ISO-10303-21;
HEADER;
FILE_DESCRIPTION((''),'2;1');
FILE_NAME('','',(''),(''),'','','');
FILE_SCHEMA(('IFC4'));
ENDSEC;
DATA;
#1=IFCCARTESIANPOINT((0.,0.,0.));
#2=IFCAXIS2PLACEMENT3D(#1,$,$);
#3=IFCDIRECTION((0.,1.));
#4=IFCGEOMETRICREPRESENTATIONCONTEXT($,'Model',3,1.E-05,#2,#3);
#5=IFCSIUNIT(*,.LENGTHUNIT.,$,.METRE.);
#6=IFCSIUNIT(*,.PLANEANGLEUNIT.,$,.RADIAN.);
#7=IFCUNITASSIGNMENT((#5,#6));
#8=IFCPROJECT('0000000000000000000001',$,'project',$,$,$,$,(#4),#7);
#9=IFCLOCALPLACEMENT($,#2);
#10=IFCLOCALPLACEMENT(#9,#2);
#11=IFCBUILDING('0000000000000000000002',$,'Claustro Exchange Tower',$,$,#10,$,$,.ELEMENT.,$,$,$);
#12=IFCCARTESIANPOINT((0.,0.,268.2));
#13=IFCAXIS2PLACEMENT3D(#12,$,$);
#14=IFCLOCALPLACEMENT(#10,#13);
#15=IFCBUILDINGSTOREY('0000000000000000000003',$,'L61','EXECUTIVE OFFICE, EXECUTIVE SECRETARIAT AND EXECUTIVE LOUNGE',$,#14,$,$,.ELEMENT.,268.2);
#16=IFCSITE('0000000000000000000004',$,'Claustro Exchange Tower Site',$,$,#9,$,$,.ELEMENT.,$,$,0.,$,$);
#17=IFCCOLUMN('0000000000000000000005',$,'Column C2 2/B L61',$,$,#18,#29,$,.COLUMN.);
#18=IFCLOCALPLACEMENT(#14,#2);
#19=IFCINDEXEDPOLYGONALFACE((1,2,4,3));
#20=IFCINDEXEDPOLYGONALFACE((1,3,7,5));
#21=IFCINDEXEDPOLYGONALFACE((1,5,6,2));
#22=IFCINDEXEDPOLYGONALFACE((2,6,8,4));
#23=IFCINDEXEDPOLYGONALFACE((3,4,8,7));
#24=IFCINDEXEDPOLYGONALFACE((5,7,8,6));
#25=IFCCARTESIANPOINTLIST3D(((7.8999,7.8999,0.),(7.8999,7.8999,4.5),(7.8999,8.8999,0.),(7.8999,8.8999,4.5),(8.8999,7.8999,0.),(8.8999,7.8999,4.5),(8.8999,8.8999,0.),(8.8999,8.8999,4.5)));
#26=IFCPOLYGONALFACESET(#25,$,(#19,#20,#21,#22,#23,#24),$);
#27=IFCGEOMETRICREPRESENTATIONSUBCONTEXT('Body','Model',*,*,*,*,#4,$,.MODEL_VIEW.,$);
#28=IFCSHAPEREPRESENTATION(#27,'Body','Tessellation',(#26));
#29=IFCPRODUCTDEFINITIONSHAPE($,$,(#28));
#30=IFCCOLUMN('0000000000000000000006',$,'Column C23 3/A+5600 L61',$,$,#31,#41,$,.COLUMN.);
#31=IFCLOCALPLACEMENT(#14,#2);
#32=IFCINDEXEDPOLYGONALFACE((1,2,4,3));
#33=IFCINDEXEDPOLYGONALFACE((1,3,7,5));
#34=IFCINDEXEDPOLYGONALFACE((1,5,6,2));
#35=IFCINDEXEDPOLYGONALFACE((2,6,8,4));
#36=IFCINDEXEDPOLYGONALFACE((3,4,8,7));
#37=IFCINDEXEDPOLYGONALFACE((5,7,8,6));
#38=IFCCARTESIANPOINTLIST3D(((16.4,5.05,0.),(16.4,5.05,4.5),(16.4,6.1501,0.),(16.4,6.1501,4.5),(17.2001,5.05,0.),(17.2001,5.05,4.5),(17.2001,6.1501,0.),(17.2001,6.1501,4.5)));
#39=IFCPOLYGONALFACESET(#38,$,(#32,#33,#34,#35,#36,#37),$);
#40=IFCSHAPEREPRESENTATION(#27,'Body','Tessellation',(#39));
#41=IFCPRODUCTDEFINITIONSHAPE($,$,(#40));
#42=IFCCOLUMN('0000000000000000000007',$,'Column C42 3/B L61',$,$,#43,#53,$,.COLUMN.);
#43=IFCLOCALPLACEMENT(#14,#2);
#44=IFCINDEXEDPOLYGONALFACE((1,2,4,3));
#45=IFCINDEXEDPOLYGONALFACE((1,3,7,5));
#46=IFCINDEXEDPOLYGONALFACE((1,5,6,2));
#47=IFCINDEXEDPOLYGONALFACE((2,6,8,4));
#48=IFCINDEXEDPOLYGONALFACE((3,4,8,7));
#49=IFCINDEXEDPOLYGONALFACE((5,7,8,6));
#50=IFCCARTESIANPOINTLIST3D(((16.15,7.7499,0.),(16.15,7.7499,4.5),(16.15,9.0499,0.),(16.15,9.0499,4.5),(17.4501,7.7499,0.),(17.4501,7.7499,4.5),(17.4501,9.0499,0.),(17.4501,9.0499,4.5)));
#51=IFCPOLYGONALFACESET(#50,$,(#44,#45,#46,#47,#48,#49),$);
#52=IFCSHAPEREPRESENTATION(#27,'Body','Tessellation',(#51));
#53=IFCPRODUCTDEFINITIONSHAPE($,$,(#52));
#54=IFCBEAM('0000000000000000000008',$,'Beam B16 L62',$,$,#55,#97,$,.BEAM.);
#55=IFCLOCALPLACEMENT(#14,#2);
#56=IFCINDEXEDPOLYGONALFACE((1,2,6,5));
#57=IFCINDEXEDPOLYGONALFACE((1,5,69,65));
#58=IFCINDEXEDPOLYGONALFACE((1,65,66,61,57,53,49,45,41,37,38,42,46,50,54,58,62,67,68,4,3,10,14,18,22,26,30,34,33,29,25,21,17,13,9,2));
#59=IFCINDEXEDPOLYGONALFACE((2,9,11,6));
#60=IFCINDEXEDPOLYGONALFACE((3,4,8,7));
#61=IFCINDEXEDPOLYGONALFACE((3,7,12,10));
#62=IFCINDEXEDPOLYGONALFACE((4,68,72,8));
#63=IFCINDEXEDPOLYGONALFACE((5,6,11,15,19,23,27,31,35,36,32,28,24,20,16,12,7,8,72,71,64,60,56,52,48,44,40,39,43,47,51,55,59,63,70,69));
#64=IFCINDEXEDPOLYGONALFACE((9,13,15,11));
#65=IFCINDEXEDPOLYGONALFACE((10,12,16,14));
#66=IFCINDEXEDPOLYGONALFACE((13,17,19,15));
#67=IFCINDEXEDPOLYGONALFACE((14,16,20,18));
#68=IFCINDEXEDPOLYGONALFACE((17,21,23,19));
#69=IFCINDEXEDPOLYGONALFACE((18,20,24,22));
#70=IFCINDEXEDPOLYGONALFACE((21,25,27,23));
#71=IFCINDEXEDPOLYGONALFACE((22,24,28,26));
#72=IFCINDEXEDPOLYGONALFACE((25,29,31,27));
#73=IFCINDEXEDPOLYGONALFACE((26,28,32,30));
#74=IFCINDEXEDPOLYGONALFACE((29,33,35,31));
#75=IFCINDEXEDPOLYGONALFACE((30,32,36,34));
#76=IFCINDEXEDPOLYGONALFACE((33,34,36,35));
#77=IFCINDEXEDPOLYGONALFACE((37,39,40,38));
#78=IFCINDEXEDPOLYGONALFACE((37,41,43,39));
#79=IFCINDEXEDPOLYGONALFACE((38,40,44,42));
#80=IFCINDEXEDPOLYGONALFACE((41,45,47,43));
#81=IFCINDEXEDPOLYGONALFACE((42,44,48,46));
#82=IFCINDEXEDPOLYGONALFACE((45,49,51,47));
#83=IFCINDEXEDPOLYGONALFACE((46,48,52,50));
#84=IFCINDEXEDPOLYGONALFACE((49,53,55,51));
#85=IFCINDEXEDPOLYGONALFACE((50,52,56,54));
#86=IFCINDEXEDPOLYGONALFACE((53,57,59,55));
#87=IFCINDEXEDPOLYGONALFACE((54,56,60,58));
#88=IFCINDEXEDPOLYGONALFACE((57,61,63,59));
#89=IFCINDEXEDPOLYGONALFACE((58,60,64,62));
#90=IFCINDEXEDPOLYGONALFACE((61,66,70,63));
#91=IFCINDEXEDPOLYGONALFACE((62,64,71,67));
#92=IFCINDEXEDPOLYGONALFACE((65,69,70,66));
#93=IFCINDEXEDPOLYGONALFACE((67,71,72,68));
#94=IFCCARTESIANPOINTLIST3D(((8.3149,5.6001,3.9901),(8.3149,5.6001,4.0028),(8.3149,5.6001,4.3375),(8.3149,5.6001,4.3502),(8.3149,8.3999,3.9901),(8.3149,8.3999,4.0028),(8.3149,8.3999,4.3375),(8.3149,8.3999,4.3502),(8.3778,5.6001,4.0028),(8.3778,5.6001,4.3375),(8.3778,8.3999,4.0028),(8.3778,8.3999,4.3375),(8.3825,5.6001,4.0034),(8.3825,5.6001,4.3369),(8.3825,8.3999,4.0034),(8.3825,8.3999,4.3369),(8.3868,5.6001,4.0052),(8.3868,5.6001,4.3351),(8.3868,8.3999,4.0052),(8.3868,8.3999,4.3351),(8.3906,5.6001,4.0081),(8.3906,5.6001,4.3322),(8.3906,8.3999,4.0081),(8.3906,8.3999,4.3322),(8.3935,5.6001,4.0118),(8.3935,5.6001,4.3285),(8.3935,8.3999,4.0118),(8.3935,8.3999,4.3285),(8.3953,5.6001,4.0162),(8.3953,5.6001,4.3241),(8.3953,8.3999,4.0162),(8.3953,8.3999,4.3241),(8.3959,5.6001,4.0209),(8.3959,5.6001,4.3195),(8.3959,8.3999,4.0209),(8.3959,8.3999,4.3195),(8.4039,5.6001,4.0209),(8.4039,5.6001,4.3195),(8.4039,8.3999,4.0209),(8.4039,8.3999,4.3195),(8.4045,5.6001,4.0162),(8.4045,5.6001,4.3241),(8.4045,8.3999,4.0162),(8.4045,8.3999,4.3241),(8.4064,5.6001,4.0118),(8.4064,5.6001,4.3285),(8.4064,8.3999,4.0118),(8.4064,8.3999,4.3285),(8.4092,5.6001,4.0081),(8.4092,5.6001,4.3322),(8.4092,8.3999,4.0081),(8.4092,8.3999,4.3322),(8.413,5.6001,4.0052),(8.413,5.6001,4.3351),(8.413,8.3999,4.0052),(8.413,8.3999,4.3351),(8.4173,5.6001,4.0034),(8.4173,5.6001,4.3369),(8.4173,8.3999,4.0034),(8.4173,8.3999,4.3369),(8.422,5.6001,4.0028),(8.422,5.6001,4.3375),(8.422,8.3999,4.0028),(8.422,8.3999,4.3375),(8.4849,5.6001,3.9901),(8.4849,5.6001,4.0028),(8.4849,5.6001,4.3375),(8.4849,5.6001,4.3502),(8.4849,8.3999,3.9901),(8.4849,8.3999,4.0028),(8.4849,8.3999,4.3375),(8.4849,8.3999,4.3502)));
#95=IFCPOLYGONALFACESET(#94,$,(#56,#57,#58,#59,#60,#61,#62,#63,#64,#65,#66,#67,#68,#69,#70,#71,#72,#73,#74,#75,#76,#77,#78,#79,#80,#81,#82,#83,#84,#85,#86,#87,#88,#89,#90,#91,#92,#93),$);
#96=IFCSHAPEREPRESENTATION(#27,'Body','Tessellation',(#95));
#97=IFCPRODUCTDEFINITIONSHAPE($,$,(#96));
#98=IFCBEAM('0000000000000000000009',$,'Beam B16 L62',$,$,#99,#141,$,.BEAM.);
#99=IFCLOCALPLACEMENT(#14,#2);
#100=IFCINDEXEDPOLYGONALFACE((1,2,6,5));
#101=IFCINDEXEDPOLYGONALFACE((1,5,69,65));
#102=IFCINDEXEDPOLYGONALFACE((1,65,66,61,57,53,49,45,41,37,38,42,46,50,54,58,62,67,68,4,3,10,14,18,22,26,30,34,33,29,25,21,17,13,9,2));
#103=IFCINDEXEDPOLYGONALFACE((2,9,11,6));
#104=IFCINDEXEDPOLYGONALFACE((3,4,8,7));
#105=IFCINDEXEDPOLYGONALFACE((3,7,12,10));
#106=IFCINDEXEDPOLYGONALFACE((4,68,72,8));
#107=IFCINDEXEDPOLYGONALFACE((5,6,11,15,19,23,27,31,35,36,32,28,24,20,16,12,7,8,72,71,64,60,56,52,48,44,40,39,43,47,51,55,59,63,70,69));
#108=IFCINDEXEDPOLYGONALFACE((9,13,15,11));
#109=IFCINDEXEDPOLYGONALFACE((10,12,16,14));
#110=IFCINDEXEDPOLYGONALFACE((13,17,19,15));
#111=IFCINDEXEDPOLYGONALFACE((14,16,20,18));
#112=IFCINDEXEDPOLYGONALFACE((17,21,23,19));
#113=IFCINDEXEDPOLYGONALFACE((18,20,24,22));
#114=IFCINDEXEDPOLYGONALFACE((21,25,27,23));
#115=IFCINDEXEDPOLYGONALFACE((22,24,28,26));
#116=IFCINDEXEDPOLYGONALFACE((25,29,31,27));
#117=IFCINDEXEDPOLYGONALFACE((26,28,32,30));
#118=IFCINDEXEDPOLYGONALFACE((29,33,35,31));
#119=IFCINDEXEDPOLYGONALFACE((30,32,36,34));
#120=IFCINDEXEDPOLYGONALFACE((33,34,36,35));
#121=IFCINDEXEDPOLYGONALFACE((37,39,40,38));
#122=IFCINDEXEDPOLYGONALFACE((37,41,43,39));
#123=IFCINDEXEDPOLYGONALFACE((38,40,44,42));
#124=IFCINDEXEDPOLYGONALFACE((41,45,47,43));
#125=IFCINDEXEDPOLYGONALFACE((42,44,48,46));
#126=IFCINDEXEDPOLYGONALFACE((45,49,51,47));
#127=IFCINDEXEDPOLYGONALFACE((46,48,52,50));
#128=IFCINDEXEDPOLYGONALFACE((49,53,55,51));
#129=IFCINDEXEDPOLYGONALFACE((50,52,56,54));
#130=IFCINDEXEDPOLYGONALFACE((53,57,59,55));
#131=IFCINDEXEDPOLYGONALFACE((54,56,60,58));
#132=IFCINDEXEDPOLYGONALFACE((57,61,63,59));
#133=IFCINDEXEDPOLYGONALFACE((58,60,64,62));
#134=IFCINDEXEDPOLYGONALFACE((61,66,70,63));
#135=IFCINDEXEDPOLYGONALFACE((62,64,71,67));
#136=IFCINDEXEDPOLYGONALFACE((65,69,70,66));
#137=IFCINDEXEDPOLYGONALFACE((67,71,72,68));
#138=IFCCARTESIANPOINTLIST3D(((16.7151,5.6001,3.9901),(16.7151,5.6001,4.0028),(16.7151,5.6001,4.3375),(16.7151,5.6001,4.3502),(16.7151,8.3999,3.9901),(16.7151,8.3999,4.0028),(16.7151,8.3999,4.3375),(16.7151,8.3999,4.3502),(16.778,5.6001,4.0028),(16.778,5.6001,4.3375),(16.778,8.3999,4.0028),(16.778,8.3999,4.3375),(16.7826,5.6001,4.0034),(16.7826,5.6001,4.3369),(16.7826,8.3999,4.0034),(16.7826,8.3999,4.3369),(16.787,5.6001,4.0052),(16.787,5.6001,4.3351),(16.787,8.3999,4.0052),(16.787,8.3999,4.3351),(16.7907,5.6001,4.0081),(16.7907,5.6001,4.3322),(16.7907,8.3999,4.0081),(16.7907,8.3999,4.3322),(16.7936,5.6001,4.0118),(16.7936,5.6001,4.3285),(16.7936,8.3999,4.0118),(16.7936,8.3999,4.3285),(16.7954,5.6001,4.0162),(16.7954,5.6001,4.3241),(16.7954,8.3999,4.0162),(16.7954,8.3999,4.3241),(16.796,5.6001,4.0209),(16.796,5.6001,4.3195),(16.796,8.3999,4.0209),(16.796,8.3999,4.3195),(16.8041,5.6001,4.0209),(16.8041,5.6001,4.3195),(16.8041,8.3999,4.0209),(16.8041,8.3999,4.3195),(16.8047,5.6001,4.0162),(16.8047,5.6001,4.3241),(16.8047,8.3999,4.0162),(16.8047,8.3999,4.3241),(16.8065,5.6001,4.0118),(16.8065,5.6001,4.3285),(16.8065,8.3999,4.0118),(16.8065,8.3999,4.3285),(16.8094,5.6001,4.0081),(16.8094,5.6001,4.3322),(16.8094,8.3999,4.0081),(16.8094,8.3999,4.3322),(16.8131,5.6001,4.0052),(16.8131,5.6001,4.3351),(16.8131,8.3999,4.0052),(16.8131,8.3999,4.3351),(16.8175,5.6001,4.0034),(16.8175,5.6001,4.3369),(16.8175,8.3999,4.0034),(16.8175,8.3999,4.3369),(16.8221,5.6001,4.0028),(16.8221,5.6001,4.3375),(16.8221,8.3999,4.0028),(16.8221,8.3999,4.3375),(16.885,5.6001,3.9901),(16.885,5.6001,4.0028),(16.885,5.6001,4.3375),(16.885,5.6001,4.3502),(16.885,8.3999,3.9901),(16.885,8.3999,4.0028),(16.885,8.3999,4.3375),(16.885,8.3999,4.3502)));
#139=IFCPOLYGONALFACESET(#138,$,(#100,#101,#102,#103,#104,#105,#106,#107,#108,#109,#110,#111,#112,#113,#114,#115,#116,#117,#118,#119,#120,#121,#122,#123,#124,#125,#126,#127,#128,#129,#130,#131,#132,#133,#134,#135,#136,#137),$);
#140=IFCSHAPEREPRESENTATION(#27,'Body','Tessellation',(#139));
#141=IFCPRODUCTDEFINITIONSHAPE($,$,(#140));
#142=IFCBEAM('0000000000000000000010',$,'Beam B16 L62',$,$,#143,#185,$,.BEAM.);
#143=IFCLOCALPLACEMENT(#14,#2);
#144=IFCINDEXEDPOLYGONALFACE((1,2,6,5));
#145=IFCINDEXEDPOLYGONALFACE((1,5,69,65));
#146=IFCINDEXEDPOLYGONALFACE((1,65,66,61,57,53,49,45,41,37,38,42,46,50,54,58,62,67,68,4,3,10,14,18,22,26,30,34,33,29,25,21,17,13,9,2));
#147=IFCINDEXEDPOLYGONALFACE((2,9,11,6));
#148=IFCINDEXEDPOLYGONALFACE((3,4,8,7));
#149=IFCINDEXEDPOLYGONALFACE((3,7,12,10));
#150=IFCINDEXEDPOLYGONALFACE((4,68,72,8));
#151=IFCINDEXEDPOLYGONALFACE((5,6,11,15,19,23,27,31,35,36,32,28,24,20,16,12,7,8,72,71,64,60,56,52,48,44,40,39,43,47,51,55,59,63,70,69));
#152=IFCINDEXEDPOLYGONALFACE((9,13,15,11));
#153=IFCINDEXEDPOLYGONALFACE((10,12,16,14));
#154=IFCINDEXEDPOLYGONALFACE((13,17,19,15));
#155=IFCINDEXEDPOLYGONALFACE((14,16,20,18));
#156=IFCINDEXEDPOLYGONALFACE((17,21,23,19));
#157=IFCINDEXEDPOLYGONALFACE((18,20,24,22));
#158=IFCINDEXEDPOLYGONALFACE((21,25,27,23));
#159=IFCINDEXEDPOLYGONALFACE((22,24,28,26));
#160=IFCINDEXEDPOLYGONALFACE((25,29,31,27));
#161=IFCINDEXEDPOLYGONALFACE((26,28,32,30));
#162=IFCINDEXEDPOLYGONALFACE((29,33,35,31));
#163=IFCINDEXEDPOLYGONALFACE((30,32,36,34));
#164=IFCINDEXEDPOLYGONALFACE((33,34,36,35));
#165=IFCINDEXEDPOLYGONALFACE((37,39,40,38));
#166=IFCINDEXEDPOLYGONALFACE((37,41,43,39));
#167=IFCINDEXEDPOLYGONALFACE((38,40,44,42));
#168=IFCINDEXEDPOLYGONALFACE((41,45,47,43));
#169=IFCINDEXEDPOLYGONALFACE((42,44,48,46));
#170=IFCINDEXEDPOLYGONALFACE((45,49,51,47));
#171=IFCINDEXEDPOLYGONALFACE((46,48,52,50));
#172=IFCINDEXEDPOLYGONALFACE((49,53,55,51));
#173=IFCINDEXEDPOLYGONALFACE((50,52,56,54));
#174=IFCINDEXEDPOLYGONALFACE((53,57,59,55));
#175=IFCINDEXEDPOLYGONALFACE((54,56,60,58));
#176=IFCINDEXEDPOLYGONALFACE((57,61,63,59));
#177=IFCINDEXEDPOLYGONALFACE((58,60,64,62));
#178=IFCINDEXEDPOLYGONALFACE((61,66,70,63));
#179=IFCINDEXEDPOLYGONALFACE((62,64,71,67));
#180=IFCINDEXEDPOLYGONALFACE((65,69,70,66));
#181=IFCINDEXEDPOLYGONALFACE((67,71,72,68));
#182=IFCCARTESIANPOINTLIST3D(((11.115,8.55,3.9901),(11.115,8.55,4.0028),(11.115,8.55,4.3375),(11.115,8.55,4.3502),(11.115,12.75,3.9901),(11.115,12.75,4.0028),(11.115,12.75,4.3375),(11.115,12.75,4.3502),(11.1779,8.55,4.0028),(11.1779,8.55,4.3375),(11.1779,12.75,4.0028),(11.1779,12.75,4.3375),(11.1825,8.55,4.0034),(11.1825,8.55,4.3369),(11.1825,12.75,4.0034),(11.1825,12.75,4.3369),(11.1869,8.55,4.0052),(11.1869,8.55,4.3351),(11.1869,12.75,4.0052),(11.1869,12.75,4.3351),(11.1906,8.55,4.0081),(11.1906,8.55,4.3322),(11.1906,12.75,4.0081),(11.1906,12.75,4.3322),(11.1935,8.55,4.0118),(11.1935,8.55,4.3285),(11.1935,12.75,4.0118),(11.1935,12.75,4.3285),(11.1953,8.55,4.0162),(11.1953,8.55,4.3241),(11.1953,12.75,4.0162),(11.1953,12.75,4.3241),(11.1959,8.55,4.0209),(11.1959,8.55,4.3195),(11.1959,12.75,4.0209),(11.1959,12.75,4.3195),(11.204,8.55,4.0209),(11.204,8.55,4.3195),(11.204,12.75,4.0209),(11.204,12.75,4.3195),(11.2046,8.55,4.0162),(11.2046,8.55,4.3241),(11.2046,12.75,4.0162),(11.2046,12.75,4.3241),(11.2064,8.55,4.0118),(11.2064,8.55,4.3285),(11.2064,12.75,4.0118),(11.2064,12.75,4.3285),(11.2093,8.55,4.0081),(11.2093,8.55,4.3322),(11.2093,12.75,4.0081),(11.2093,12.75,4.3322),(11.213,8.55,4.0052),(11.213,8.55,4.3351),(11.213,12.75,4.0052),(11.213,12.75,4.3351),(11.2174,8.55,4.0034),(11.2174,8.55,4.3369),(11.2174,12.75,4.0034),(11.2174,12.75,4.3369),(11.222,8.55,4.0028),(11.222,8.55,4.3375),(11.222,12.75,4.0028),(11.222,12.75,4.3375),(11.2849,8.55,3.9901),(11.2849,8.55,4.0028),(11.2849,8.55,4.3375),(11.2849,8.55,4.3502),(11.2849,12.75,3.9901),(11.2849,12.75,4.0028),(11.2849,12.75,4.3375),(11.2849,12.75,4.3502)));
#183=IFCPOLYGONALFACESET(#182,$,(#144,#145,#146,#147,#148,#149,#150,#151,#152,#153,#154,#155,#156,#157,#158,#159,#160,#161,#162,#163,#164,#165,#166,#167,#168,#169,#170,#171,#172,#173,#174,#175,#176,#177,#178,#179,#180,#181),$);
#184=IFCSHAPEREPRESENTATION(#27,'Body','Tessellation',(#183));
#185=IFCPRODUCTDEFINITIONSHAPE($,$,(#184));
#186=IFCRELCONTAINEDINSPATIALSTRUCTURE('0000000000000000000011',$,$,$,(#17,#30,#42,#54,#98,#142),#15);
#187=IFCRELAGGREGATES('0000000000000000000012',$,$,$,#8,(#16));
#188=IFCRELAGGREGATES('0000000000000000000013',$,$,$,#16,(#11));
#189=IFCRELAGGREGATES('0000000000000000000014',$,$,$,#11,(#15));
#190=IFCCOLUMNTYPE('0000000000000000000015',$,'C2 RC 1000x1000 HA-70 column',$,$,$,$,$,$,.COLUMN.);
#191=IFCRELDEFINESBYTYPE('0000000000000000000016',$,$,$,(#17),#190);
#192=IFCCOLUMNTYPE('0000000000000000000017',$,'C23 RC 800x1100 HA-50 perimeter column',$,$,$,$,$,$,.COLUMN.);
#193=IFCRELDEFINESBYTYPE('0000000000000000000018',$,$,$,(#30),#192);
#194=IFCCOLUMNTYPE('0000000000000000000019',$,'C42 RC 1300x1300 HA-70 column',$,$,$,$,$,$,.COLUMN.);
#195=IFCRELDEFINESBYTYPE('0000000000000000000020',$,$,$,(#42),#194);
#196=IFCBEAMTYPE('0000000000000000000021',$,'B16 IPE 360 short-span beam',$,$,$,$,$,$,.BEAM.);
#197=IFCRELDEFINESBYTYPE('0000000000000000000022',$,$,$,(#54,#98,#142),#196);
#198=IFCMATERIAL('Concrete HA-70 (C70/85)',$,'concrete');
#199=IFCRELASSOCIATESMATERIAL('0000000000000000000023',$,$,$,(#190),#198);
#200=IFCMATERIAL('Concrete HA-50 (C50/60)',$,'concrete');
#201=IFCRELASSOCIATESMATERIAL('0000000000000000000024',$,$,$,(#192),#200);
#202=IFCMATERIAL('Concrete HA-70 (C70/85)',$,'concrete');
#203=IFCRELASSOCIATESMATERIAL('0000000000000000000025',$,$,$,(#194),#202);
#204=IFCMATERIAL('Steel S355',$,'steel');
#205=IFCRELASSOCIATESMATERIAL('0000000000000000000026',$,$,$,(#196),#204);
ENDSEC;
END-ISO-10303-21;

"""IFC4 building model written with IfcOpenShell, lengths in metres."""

from ifc_helpers import new_model, si_unit, direction, frame, origin, origin_2d, place, context, subcontext, project, spatial, rectangle, i_section, extrude, material, material_profile, profile_set, type_object, element, save


model = new_model("IFC4")

# Units and contexts
model_context = context("Model", 3, precision=1e-05, world=origin(), true_north=direction((0.0, 1.0)))
body_context = subcontext(model_context, "Body", "Model", "MODEL_VIEW")
ifc_project = project(units=[si_unit("LENGTHUNIT", "METRE"), si_unit("PLANEANGLEUNIT", "RADIAN")], contexts=[model_context])

# Site, building, storey
site_placement = place(None, origin())
site = spatial("IfcSite", under=ifc_project, at=site_placement, Name="Claustro Exchange Tower Site", CompositionType="ELEMENT", RefElevation=0.0)
building_placement = place(site_placement, origin())
building = spatial("IfcBuilding", under=site, at=building_placement, Name="Claustro Exchange Tower", CompositionType="ELEMENT")
storey_placement = place(building_placement, frame((0.0, 0.0, 268.2)))
storey = spatial("IfcBuildingStorey", under=building, at=storey_placement, Name="L61", Description="EXECUTIVE OFFICE, EXECUTIVE SECRETARIAT AND EXECUTIVE LOUNGE", CompositionType="ELEMENT", Elevation=268.2)

# Columns
ifc_material_1 = material(Name="Concrete HA-70 (C70/85)", Category="concrete")
ifc_material_profile_1 = material_profile(ifc_material_1, rectangle(XDim=1.0, YDim=1.0, at=origin_2d()), Name="RC 1000x1000")
ifc_profile_set_1 = profile_set([ifc_material_profile_1], Name="Concrete HA-70 (C70/85)")
column_type_1 = type_object("IfcColumnType", Name="C2 RC 1000x1000 HA-70 column", PredefinedType="COLUMN", material=ifc_profile_set_1)
column_1_placement = place(storey_placement, frame((8.3999, 8.3999, 0.0), z_axis=(0.0, 0.0, 1.0), x_axis=(1.0, 0.0, 0.0)))
element("IfcColumn", 1, at=column_1_placement, inside=storey, type_object=column_type_1, Name="Column C2 2/B L61", PredefinedType="COLUMN", context=body_context, shape_type="SweptSolid", body=[
    extrude(rectangle(XDim=1.0, YDim=1.0, at=origin_2d()), origin(), (0.0, 0.0, 1.0), 4.5),
])
ifc_material_2 = material(Name="Concrete HA-50 (C50/60)", Category="concrete")
ifc_material_profile_2 = material_profile(ifc_material_2, rectangle(XDim=0.8, YDim=1.1001, at=origin_2d()), Name="RC 800x1100")
ifc_profile_set_2 = profile_set([ifc_material_profile_2], Name="Concrete HA-50 (C50/60)")
column_type_2 = type_object("IfcColumnType", Name="C23 RC 800x1100 HA-50 perimeter column", PredefinedType="COLUMN", material=ifc_profile_set_2)
column_2_placement = place(storey_placement, frame((16.8, 5.6001, 0.0), z_axis=(0.0, 0.0, 1.0), x_axis=(1.0, 0.0, 0.0)))
element("IfcColumn", 2, at=column_2_placement, inside=storey, type_object=column_type_2, Name="Column C23 3/A+5600 L61", PredefinedType="COLUMN", context=body_context, shape_type="SweptSolid", body=[
    extrude(rectangle(XDim=0.8, YDim=1.1001, at=origin_2d()), origin(), (0.0, 0.0, 1.0), 4.5),
])
ifc_material_3 = material(Name="Concrete HA-70 (C70/85)", Category="concrete")
ifc_material_profile_3 = material_profile(ifc_material_3, rectangle(XDim=1.3, YDim=1.3, at=origin_2d()), Name="RC 1300x1300")
ifc_profile_set_3 = profile_set([ifc_material_profile_3], Name="Concrete HA-70 (C70/85)")
column_type_3 = type_object("IfcColumnType", Name="C42 RC 1300x1300 HA-70 column", PredefinedType="COLUMN", material=ifc_profile_set_3)
column_3_placement = place(storey_placement, frame((16.8, 8.3999, 0.0), z_axis=(0.0, 0.0, 1.0), x_axis=(1.0, 0.0, 0.0)))
element("IfcColumn", 3, at=column_3_placement, inside=storey, type_object=column_type_3, Name="Column C42 3/B L61", PredefinedType="COLUMN", context=body_context, shape_type="SweptSolid", body=[
    extrude(rectangle(XDim=1.3, YDim=1.3, at=origin_2d()), origin(), (0.0, 0.0, 1.0), 4.5),
])

# Beams
ifc_material_4 = material(Name="Steel S355", Category="steel")
ifc_material_profile_4 = material_profile(ifc_material_4, i_section(OverallWidth=0.1699, OverallDepth=0.3601, WebThickness=0.0081, FlangeThickness=0.0127, FilletRadius=0.0181, at=origin_2d()), Name="IPE 360")
ifc_profile_set_4 = profile_set([ifc_material_profile_4], Name="Steel S355")
beam_type_1 = type_object("IfcBeamType", Name="B16 IPE 360 short-span beam", PredefinedType="BEAM", material=ifc_profile_set_4)
for number, where, z_axis, x_axis, name in (
    (4, (8.3999, 5.6001, 4.1702), (0.0, 1.0, 0.0), (-1.0, 0.0, 0.0), "Beam B16 L62"),
    (5, (16.8, 5.6001, 4.1702), (0.0, 1.0, 0.0), (-1.0, 0.0, 0.0), "Beam B16 L62"),
):
    element("IfcBeam", number, at=place(storey_placement, frame(where, z_axis=z_axis, x_axis=x_axis)), inside=storey, type_object=beam_type_1, Name=name, PredefinedType="BEAM", context=body_context, shape_type="SweptSolid", body=[
        extrude(i_section(OverallWidth=0.1699, OverallDepth=0.3601, WebThickness=0.0081, FlangeThickness=0.0127, FilletRadius=0.0181, at=origin_2d()), origin(), (0.0, 0.0, 1.0), 2.7998),
    ])
for number, where, z_axis, x_axis, name in (
    (6, (11.2, 8.55, 4.1702), (0.0, 1.0, 0.0), (-1.0, 0.0, 0.0), "Beam B16 L62"),
):
    element("IfcBeam", number, at=place(storey_placement, frame(where, z_axis=z_axis, x_axis=x_axis)), inside=storey, type_object=beam_type_1, Name=name, PredefinedType="BEAM", context=body_context, shape_type="SweptSolid", body=[
        extrude(i_section(OverallWidth=0.1699, OverallDepth=0.3601, WebThickness=0.0081, FlangeThickness=0.0127, FilletRadius=0.0181, at=origin_2d()), origin(), (0.0, 0.0, 1.0), 4.2),
    ])

save(model, "model.ifc")
